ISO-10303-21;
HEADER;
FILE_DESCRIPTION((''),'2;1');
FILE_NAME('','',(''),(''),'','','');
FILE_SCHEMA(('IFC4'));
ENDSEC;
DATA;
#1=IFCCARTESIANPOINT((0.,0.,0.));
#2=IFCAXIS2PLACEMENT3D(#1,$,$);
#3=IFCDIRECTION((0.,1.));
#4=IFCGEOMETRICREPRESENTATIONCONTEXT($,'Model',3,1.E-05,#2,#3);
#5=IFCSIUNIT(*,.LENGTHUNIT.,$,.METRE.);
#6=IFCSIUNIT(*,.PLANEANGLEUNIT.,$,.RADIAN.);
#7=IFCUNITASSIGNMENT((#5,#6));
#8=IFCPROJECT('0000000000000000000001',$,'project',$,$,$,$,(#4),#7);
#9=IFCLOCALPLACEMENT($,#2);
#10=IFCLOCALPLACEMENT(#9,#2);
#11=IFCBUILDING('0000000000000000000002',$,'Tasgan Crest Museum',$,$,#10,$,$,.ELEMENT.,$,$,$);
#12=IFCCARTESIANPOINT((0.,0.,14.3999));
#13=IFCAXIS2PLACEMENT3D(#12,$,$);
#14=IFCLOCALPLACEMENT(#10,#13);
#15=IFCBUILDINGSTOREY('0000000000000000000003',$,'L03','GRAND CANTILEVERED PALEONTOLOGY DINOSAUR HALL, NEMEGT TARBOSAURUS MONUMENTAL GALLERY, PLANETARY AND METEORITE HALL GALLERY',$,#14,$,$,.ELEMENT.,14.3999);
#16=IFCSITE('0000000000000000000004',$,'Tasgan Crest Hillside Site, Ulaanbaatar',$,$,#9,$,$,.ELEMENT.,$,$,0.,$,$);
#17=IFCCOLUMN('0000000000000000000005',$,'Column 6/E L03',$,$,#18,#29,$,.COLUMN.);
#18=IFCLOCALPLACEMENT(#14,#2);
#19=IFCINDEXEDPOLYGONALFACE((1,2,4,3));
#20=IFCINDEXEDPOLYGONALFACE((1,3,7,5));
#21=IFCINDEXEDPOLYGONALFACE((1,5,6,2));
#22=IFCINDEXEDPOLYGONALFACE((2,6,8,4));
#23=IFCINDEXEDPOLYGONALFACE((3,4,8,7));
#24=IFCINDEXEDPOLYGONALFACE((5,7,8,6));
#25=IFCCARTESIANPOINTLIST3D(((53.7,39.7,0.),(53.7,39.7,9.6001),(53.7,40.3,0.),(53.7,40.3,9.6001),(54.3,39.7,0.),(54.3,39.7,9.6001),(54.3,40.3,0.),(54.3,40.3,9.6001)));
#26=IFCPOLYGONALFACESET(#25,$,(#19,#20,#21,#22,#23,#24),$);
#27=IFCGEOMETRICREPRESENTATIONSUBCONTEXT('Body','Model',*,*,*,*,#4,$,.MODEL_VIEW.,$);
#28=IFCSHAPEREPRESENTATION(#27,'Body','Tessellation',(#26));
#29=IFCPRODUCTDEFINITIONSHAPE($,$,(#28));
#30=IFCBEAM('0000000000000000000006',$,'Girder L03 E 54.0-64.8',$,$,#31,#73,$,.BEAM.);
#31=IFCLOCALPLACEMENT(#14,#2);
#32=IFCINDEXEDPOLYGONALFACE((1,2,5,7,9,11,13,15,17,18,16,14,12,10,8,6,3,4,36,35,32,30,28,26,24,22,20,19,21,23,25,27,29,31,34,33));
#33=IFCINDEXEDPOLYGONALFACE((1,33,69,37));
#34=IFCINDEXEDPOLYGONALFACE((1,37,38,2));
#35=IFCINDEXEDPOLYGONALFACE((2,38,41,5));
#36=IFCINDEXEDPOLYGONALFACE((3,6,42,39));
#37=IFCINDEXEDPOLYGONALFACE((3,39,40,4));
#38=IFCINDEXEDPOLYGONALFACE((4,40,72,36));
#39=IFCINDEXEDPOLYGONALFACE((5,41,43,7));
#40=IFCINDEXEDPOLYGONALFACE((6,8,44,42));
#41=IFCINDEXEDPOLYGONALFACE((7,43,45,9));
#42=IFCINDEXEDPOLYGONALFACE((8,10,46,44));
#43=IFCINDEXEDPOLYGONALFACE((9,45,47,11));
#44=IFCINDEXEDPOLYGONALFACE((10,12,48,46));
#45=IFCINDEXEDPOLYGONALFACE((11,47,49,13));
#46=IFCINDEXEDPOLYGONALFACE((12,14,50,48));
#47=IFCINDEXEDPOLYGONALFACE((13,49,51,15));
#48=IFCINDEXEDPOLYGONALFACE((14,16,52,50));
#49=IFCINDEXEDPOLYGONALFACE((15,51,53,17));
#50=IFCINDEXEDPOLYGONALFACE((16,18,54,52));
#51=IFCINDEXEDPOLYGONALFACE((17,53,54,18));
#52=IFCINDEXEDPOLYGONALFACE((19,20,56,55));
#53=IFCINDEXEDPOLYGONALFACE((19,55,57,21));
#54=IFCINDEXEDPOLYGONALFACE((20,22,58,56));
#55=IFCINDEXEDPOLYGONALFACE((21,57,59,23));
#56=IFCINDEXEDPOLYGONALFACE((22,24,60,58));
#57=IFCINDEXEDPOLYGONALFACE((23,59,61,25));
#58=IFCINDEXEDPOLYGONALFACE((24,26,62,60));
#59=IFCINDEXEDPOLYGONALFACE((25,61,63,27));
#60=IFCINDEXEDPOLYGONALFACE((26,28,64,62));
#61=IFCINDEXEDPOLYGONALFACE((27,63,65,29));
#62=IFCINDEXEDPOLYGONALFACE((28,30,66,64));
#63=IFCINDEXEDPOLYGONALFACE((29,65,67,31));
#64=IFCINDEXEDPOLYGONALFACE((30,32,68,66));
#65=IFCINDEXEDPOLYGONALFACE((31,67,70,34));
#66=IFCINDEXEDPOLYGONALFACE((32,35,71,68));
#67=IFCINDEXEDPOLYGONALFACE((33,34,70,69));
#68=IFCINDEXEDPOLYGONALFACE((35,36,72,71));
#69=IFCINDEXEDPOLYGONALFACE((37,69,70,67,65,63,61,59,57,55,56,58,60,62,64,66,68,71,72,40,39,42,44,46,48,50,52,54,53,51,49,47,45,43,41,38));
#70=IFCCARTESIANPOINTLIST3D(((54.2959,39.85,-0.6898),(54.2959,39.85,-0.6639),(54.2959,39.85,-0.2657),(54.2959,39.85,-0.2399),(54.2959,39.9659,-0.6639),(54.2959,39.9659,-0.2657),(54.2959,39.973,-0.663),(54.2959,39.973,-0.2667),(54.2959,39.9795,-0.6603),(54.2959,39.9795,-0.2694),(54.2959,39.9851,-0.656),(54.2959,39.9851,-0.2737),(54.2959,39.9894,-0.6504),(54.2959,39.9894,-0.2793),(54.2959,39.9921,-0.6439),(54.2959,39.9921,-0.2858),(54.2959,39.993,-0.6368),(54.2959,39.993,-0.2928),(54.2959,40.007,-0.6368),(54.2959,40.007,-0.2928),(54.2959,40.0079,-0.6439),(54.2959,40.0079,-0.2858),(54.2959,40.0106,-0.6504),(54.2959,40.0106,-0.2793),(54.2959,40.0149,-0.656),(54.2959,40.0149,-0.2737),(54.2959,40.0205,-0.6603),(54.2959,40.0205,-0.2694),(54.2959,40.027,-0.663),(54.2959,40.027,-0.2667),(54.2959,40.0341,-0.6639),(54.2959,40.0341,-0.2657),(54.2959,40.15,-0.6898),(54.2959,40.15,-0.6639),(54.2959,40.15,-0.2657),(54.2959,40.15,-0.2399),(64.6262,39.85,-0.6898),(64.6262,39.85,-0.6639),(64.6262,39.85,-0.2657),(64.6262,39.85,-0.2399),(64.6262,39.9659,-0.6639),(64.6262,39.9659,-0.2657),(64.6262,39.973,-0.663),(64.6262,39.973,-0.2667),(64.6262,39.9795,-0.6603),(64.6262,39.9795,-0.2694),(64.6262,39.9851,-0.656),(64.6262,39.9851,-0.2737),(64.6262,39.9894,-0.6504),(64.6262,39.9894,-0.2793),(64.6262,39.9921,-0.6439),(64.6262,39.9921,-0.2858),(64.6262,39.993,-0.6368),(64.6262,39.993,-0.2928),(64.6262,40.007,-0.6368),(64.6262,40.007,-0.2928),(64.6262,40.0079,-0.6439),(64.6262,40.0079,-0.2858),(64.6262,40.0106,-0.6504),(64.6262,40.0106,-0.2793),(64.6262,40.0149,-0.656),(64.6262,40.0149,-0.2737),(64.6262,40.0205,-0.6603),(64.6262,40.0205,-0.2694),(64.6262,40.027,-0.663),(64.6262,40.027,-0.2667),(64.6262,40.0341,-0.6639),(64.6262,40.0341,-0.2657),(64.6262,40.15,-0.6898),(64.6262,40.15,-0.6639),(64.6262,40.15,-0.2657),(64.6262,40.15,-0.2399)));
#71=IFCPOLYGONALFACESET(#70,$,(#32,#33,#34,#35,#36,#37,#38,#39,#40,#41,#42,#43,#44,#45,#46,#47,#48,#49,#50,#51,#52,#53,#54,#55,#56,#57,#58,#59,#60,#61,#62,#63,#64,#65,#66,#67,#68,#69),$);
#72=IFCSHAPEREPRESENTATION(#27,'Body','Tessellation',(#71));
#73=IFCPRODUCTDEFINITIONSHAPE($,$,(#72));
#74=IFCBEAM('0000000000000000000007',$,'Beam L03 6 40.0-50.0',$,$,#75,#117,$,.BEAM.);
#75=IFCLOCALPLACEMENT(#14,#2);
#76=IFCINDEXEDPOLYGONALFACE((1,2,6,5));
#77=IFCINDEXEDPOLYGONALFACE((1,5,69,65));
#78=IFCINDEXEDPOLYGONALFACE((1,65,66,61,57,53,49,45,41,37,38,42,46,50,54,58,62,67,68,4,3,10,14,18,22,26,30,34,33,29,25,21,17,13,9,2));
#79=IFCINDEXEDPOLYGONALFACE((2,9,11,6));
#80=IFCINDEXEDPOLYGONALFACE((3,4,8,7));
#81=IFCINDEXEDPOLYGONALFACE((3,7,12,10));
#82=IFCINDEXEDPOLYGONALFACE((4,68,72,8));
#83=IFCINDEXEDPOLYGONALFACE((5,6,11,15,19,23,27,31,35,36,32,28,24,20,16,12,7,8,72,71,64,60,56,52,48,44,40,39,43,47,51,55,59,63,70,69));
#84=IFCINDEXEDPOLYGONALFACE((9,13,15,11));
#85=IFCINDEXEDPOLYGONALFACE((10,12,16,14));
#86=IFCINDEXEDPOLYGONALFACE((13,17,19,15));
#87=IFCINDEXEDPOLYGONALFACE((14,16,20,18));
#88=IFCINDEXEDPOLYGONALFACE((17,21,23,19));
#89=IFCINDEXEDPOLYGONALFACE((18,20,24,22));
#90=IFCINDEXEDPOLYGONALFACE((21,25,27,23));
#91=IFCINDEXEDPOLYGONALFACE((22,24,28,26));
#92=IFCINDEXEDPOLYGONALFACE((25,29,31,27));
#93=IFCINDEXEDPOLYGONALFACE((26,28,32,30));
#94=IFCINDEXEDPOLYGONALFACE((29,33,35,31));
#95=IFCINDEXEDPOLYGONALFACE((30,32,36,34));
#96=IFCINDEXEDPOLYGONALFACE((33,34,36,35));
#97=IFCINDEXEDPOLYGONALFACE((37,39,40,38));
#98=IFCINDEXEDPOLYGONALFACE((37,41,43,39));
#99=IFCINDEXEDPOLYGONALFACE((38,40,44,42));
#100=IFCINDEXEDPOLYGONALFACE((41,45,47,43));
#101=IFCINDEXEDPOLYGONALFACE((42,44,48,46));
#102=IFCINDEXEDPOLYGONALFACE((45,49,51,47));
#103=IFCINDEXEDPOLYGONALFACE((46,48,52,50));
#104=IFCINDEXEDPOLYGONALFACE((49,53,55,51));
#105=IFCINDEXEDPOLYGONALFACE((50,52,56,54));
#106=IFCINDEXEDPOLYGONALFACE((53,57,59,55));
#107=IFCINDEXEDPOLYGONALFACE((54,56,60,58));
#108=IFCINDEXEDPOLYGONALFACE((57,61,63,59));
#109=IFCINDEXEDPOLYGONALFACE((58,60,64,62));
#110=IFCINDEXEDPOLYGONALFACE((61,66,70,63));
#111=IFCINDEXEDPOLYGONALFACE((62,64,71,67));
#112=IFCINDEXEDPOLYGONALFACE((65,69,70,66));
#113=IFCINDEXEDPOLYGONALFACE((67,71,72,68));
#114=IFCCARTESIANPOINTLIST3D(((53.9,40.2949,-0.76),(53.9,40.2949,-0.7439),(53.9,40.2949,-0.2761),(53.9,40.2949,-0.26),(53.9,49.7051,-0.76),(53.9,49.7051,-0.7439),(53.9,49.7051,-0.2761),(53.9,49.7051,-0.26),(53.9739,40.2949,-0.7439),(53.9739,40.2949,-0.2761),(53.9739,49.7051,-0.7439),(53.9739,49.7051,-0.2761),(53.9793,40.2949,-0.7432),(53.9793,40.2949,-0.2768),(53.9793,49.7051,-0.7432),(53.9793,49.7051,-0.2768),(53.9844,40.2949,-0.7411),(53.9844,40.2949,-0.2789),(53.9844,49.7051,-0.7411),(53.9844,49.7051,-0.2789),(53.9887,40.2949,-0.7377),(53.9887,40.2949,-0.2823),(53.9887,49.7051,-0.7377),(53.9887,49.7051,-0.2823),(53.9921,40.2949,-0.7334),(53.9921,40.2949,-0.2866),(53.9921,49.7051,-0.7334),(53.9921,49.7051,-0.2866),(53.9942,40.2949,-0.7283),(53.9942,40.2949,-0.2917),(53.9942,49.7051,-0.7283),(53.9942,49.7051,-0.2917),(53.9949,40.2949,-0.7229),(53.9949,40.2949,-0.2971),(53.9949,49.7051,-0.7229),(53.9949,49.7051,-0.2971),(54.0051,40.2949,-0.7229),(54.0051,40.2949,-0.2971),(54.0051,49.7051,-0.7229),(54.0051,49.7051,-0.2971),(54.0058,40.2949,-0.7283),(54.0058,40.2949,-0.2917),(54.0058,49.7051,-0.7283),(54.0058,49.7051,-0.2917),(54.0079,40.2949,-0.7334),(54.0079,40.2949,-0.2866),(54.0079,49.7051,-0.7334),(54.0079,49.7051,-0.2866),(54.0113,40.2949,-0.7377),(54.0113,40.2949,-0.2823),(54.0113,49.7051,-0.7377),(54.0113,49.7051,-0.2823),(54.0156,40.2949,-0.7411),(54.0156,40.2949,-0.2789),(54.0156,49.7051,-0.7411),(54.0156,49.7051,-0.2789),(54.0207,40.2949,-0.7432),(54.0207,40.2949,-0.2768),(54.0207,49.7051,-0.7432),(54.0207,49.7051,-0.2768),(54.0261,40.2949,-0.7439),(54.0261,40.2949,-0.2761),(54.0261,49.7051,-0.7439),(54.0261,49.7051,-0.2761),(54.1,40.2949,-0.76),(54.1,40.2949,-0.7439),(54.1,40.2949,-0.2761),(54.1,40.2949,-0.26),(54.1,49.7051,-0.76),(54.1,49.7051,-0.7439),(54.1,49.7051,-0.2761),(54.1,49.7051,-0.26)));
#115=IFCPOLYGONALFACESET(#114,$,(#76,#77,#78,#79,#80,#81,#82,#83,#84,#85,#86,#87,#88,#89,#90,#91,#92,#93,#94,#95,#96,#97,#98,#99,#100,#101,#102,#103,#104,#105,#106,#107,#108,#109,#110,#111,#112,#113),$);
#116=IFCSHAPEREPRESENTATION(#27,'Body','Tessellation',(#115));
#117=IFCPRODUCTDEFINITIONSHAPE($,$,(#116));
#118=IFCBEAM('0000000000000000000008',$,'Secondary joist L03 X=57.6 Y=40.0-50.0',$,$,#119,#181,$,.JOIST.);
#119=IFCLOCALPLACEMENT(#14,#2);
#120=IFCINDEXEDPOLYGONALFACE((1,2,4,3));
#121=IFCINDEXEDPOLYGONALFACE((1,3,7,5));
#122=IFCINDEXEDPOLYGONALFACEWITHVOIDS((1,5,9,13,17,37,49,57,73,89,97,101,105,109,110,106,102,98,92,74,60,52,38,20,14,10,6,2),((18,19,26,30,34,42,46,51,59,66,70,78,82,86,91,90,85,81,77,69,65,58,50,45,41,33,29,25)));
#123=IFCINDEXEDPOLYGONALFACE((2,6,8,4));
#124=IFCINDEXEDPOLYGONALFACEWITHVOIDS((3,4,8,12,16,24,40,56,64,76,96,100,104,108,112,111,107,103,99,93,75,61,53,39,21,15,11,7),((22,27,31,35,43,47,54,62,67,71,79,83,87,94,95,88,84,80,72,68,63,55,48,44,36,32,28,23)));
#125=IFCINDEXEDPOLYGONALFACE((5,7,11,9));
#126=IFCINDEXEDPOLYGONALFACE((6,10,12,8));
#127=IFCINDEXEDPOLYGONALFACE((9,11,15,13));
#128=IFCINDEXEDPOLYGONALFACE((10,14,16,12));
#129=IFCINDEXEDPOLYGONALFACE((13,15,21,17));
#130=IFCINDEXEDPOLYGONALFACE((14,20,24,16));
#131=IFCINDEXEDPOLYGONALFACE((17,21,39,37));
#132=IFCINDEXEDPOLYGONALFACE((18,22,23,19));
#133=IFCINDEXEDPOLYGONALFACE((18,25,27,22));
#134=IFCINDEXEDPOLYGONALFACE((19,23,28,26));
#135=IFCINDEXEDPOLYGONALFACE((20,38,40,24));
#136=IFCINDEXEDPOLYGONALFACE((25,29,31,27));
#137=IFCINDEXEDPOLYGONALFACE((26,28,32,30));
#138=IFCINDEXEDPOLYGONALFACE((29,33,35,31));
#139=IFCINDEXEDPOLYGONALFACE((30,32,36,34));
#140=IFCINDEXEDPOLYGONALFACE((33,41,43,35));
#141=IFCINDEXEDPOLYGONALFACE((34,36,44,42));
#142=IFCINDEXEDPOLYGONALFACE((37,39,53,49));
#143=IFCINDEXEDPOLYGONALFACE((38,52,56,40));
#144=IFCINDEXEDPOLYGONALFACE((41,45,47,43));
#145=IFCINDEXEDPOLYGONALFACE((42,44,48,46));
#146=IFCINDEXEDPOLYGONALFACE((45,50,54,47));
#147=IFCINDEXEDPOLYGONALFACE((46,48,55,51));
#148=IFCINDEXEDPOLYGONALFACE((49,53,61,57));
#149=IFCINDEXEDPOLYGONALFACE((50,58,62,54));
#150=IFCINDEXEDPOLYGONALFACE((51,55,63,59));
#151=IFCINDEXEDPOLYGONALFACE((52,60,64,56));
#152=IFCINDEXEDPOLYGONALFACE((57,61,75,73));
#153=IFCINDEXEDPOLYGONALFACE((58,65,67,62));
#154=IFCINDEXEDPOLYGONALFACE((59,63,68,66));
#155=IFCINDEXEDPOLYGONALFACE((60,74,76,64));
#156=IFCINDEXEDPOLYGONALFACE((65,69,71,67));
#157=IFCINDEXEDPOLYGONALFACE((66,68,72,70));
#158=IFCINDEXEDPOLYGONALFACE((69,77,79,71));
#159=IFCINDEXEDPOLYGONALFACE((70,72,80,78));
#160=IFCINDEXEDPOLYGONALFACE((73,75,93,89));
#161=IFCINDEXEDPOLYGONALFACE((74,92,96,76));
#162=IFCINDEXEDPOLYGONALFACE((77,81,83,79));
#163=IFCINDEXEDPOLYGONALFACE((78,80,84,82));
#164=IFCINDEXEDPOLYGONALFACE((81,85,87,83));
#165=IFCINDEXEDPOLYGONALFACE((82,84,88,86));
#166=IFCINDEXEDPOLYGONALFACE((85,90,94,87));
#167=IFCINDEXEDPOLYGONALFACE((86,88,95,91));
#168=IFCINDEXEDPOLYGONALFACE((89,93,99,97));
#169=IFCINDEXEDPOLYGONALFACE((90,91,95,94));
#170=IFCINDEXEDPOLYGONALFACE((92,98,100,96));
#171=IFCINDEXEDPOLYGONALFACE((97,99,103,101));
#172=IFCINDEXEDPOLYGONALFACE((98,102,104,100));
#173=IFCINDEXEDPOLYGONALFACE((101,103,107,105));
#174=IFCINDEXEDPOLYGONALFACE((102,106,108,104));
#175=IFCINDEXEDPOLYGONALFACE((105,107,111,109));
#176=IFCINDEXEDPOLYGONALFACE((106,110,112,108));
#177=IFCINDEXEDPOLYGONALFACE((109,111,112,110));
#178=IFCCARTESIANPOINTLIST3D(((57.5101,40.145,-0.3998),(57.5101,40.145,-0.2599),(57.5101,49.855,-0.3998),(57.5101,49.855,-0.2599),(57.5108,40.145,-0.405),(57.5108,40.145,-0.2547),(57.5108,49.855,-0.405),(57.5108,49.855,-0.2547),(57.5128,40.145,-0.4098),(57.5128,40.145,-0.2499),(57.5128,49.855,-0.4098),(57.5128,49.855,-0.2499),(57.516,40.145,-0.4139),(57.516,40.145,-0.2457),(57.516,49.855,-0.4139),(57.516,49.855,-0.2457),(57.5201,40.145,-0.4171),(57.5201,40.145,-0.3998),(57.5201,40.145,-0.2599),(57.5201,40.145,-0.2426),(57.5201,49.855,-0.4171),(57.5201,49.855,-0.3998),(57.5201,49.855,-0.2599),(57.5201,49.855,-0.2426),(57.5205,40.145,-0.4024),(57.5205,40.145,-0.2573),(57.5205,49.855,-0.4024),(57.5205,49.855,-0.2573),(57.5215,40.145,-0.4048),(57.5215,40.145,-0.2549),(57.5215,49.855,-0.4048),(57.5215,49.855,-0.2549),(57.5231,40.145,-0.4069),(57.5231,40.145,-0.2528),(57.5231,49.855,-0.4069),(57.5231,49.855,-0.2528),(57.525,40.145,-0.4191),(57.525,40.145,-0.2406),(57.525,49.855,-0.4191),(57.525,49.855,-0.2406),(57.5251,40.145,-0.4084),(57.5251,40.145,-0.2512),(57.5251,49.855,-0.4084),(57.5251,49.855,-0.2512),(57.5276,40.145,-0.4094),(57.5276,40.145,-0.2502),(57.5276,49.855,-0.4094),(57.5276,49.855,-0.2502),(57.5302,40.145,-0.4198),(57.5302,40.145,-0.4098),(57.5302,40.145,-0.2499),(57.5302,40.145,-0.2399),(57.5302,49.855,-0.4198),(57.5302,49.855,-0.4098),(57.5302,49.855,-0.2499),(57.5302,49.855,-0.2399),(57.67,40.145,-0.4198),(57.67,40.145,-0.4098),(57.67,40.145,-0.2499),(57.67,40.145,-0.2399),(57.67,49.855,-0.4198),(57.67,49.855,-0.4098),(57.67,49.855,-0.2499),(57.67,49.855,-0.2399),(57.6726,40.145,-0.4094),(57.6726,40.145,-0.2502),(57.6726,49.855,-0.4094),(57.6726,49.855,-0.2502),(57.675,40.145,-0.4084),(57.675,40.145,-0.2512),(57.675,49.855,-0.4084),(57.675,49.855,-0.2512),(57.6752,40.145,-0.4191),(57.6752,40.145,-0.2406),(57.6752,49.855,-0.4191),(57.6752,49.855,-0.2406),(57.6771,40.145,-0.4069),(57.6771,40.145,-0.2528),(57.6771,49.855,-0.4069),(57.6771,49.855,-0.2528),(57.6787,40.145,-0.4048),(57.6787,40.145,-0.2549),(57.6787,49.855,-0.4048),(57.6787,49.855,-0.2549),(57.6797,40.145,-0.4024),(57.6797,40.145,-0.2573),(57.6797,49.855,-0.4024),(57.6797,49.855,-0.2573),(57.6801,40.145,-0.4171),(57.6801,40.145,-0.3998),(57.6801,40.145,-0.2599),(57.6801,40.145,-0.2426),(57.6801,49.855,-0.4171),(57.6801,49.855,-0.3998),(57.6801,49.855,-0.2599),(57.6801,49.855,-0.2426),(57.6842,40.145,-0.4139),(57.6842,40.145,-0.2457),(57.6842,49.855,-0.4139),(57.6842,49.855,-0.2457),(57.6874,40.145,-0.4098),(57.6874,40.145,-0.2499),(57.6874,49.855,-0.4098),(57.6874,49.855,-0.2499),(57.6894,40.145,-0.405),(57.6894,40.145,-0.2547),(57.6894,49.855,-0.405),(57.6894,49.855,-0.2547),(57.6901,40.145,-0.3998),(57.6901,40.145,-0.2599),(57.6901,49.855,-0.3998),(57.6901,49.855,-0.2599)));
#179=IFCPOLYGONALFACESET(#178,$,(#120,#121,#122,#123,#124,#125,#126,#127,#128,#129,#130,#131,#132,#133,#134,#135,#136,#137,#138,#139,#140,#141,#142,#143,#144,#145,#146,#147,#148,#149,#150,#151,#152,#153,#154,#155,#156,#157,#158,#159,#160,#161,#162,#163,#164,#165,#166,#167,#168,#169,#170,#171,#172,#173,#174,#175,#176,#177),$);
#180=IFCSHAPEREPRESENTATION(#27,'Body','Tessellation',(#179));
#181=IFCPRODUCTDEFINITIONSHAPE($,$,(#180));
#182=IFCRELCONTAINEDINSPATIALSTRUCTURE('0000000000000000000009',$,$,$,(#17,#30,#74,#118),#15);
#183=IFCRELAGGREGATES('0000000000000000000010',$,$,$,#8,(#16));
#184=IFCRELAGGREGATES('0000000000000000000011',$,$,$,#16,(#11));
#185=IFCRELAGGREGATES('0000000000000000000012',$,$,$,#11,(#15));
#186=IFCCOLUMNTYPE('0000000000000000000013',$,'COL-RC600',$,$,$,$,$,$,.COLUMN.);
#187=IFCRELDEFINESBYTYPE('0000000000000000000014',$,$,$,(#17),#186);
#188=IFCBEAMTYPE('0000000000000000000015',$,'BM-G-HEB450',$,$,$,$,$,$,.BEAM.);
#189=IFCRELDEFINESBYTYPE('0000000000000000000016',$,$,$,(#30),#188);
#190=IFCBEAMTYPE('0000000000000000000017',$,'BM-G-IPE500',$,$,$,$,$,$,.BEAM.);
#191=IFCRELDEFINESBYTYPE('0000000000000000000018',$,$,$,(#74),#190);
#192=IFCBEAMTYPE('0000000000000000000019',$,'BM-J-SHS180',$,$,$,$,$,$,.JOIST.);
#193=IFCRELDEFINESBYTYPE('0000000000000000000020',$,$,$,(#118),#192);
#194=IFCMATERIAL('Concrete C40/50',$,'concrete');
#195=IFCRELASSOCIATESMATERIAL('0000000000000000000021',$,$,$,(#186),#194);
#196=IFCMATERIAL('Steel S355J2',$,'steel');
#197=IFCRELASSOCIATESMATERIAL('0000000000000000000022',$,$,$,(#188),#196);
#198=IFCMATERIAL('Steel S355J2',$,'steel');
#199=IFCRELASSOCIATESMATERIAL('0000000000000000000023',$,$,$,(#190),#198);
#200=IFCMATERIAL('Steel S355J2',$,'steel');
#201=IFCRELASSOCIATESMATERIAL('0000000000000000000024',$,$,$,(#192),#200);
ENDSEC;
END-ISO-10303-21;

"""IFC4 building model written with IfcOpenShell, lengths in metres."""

from ifc_helpers import new_model, si_unit, direction, frame, origin, origin_2d, place, context, subcontext, project, spatial, rectangle, hollow_rectangle, i_section, extrude, material, material_profile, profile_set, type_object, element, save


model = new_model("IFC4")

# Units and contexts
model_context = context("Model", 3, precision=1e-05, world=origin(), true_north=direction((0.0, 1.0)))
body_context = subcontext(model_context, "Body", "Model", "MODEL_VIEW")
ifc_project = project(units=[si_unit("LENGTHUNIT", "METRE"), si_unit("PLANEANGLEUNIT", "RADIAN")], contexts=[model_context])

# Site, building, storey
site_placement = place(None, origin())
site = spatial("IfcSite", under=ifc_project, at=site_placement, Name="Tasgan Crest Hillside Site, Ulaanbaatar", CompositionType="ELEMENT", RefElevation=0.0)
building_placement = place(site_placement, origin())
building = spatial("IfcBuilding", under=site, at=building_placement, Name="Tasgan Crest Museum", CompositionType="ELEMENT")
storey_placement = place(building_placement, frame((0.0, 0.0, 14.3999)))
storey = spatial("IfcBuildingStorey", under=building, at=storey_placement, Name="L03", Description="GRAND CANTILEVERED PALEONTOLOGY DINOSAUR HALL, NEMEGT TARBOSAURUS MONUMENTAL GALLERY, PLANETARY AND METEORITE HALL GALLERY", CompositionType="ELEMENT", Elevation=14.3999)

# Column
ifc_material_1 = material(Name="Concrete C40/50", Category="concrete")
ifc_material_profile_1 = material_profile(ifc_material_1, rectangle(XDim=0.6001, YDim=0.6001, at=origin_2d()), Name="RC 600x600")
ifc_profile_set_1 = profile_set([ifc_material_profile_1], Name="Concrete C40/50")
column_type = type_object("IfcColumnType", Name="COL-RC600", PredefinedType="COLUMN", material=ifc_profile_set_1)
column_placement = place(storey_placement, frame((54.0, 40.0, 0.0), z_axis=(0.0, 0.0, 1.0), x_axis=(1.0, 0.0, 0.0)))
element("IfcColumn", 1, at=column_placement, inside=storey, type_object=column_type, Name="Column 6/E L03", PredefinedType="COLUMN", context=body_context, shape_type="SweptSolid", body=[
    extrude(rectangle(XDim=0.6001, YDim=0.6001, at=origin_2d()), origin(), (0.0, 0.0, 1.0), 9.6001),
])

# Beams
ifc_material_2 = material(Name="Steel S355J2", Category="steel")
ifc_material_profile_2 = material_profile(ifc_material_2, i_section(OverallWidth=0.3, OverallDepth=0.45, WebThickness=0.0139, FlangeThickness=0.0259, FilletRadius=0.0271, at=origin_2d()), Name="HEB 450")
ifc_profile_set_2 = profile_set([ifc_material_profile_2], Name="Steel S355J2")
beam_type_1 = type_object("IfcBeamType", Name="BM-G-HEB450", PredefinedType="BEAM", material=ifc_profile_set_2)
beam_1_placement = place(storey_placement, frame((54.2959, 40.0, -0.4648), z_axis=(1.0, 0.0, 0.0), x_axis=(0.0, 1.0, 0.0)))
element("IfcBeam", 2, at=beam_1_placement, inside=storey, type_object=beam_type_1, Name="Girder L03 E 54.0-64.8", PredefinedType="BEAM", context=body_context, shape_type="SweptSolid", body=[
    extrude(i_section(OverallWidth=0.3, OverallDepth=0.45, WebThickness=0.0139, FlangeThickness=0.0259, FilletRadius=0.0271, at=origin_2d()), origin(), (0.0, 0.0, 1.0), 10.3303),
])
ifc_material_3 = material(Name="Steel S355J2", Category="steel")
ifc_material_profile_3 = material_profile(ifc_material_3, i_section(OverallWidth=0.2, OverallDepth=0.5, WebThickness=0.0103, FlangeThickness=0.0161, FilletRadius=0.021, at=origin_2d()), Name="IPE 500")
ifc_profile_set_3 = profile_set([ifc_material_profile_3], Name="Steel S355J2")
beam_type_2 = type_object("IfcBeamType", Name="BM-G-IPE500", PredefinedType="BEAM", material=ifc_profile_set_3)
beam_2_placement = place(storey_placement, frame((54.0, 40.2949, -0.51), z_axis=(0.0, 1.0, 0.0), x_axis=(-1.0, 0.0, 0.0)))
element("IfcBeam", 3, at=beam_2_placement, inside=storey, type_object=beam_type_2, Name="Beam L03 6 40.0-50.0", PredefinedType="BEAM", context=body_context, shape_type="SweptSolid", body=[
    extrude(i_section(OverallWidth=0.2, OverallDepth=0.5, WebThickness=0.0103, FlangeThickness=0.0161, FilletRadius=0.021, at=origin_2d()), origin(), (0.0, 0.0, 1.0), 9.4102),
])
ifc_material_4 = material(Name="Steel S355J2", Category="steel")
ifc_material_profile_4 = material_profile(ifc_material_4, hollow_rectangle(XDim=0.1799, YDim=0.1799, WallThickness=0.01, InnerFilletRadius=0.01, OuterFilletRadius=0.02, at=origin_2d()), Name="SHS 180x180x10")
ifc_profile_set_4 = profile_set([ifc_material_profile_4], Name="Steel S355J2")
beam_type_3 = type_object("IfcBeamType", Name="BM-J-SHS180", PredefinedType="JOIST", material=ifc_profile_set_4)
beam_3_placement = place(storey_placement, frame((57.6001, 40.145, -0.3298), z_axis=(0.0, 1.0, 0.0), x_axis=(-1.0, 0.0, 0.0)))
element("IfcBeam", 4, at=beam_3_placement, inside=storey, type_object=beam_type_3, Name="Secondary joist L03 X=57.6 Y=40.0-50.0", PredefinedType="JOIST", context=body_context, shape_type="SweptSolid", body=[
    extrude(hollow_rectangle(XDim=0.1799, YDim=0.1799, WallThickness=0.01, InnerFilletRadius=0.01, OuterFilletRadius=0.02, at=origin_2d()), origin(), (0.0, 0.0, 1.0), 9.71),
])

save(model, "model.ifc")
